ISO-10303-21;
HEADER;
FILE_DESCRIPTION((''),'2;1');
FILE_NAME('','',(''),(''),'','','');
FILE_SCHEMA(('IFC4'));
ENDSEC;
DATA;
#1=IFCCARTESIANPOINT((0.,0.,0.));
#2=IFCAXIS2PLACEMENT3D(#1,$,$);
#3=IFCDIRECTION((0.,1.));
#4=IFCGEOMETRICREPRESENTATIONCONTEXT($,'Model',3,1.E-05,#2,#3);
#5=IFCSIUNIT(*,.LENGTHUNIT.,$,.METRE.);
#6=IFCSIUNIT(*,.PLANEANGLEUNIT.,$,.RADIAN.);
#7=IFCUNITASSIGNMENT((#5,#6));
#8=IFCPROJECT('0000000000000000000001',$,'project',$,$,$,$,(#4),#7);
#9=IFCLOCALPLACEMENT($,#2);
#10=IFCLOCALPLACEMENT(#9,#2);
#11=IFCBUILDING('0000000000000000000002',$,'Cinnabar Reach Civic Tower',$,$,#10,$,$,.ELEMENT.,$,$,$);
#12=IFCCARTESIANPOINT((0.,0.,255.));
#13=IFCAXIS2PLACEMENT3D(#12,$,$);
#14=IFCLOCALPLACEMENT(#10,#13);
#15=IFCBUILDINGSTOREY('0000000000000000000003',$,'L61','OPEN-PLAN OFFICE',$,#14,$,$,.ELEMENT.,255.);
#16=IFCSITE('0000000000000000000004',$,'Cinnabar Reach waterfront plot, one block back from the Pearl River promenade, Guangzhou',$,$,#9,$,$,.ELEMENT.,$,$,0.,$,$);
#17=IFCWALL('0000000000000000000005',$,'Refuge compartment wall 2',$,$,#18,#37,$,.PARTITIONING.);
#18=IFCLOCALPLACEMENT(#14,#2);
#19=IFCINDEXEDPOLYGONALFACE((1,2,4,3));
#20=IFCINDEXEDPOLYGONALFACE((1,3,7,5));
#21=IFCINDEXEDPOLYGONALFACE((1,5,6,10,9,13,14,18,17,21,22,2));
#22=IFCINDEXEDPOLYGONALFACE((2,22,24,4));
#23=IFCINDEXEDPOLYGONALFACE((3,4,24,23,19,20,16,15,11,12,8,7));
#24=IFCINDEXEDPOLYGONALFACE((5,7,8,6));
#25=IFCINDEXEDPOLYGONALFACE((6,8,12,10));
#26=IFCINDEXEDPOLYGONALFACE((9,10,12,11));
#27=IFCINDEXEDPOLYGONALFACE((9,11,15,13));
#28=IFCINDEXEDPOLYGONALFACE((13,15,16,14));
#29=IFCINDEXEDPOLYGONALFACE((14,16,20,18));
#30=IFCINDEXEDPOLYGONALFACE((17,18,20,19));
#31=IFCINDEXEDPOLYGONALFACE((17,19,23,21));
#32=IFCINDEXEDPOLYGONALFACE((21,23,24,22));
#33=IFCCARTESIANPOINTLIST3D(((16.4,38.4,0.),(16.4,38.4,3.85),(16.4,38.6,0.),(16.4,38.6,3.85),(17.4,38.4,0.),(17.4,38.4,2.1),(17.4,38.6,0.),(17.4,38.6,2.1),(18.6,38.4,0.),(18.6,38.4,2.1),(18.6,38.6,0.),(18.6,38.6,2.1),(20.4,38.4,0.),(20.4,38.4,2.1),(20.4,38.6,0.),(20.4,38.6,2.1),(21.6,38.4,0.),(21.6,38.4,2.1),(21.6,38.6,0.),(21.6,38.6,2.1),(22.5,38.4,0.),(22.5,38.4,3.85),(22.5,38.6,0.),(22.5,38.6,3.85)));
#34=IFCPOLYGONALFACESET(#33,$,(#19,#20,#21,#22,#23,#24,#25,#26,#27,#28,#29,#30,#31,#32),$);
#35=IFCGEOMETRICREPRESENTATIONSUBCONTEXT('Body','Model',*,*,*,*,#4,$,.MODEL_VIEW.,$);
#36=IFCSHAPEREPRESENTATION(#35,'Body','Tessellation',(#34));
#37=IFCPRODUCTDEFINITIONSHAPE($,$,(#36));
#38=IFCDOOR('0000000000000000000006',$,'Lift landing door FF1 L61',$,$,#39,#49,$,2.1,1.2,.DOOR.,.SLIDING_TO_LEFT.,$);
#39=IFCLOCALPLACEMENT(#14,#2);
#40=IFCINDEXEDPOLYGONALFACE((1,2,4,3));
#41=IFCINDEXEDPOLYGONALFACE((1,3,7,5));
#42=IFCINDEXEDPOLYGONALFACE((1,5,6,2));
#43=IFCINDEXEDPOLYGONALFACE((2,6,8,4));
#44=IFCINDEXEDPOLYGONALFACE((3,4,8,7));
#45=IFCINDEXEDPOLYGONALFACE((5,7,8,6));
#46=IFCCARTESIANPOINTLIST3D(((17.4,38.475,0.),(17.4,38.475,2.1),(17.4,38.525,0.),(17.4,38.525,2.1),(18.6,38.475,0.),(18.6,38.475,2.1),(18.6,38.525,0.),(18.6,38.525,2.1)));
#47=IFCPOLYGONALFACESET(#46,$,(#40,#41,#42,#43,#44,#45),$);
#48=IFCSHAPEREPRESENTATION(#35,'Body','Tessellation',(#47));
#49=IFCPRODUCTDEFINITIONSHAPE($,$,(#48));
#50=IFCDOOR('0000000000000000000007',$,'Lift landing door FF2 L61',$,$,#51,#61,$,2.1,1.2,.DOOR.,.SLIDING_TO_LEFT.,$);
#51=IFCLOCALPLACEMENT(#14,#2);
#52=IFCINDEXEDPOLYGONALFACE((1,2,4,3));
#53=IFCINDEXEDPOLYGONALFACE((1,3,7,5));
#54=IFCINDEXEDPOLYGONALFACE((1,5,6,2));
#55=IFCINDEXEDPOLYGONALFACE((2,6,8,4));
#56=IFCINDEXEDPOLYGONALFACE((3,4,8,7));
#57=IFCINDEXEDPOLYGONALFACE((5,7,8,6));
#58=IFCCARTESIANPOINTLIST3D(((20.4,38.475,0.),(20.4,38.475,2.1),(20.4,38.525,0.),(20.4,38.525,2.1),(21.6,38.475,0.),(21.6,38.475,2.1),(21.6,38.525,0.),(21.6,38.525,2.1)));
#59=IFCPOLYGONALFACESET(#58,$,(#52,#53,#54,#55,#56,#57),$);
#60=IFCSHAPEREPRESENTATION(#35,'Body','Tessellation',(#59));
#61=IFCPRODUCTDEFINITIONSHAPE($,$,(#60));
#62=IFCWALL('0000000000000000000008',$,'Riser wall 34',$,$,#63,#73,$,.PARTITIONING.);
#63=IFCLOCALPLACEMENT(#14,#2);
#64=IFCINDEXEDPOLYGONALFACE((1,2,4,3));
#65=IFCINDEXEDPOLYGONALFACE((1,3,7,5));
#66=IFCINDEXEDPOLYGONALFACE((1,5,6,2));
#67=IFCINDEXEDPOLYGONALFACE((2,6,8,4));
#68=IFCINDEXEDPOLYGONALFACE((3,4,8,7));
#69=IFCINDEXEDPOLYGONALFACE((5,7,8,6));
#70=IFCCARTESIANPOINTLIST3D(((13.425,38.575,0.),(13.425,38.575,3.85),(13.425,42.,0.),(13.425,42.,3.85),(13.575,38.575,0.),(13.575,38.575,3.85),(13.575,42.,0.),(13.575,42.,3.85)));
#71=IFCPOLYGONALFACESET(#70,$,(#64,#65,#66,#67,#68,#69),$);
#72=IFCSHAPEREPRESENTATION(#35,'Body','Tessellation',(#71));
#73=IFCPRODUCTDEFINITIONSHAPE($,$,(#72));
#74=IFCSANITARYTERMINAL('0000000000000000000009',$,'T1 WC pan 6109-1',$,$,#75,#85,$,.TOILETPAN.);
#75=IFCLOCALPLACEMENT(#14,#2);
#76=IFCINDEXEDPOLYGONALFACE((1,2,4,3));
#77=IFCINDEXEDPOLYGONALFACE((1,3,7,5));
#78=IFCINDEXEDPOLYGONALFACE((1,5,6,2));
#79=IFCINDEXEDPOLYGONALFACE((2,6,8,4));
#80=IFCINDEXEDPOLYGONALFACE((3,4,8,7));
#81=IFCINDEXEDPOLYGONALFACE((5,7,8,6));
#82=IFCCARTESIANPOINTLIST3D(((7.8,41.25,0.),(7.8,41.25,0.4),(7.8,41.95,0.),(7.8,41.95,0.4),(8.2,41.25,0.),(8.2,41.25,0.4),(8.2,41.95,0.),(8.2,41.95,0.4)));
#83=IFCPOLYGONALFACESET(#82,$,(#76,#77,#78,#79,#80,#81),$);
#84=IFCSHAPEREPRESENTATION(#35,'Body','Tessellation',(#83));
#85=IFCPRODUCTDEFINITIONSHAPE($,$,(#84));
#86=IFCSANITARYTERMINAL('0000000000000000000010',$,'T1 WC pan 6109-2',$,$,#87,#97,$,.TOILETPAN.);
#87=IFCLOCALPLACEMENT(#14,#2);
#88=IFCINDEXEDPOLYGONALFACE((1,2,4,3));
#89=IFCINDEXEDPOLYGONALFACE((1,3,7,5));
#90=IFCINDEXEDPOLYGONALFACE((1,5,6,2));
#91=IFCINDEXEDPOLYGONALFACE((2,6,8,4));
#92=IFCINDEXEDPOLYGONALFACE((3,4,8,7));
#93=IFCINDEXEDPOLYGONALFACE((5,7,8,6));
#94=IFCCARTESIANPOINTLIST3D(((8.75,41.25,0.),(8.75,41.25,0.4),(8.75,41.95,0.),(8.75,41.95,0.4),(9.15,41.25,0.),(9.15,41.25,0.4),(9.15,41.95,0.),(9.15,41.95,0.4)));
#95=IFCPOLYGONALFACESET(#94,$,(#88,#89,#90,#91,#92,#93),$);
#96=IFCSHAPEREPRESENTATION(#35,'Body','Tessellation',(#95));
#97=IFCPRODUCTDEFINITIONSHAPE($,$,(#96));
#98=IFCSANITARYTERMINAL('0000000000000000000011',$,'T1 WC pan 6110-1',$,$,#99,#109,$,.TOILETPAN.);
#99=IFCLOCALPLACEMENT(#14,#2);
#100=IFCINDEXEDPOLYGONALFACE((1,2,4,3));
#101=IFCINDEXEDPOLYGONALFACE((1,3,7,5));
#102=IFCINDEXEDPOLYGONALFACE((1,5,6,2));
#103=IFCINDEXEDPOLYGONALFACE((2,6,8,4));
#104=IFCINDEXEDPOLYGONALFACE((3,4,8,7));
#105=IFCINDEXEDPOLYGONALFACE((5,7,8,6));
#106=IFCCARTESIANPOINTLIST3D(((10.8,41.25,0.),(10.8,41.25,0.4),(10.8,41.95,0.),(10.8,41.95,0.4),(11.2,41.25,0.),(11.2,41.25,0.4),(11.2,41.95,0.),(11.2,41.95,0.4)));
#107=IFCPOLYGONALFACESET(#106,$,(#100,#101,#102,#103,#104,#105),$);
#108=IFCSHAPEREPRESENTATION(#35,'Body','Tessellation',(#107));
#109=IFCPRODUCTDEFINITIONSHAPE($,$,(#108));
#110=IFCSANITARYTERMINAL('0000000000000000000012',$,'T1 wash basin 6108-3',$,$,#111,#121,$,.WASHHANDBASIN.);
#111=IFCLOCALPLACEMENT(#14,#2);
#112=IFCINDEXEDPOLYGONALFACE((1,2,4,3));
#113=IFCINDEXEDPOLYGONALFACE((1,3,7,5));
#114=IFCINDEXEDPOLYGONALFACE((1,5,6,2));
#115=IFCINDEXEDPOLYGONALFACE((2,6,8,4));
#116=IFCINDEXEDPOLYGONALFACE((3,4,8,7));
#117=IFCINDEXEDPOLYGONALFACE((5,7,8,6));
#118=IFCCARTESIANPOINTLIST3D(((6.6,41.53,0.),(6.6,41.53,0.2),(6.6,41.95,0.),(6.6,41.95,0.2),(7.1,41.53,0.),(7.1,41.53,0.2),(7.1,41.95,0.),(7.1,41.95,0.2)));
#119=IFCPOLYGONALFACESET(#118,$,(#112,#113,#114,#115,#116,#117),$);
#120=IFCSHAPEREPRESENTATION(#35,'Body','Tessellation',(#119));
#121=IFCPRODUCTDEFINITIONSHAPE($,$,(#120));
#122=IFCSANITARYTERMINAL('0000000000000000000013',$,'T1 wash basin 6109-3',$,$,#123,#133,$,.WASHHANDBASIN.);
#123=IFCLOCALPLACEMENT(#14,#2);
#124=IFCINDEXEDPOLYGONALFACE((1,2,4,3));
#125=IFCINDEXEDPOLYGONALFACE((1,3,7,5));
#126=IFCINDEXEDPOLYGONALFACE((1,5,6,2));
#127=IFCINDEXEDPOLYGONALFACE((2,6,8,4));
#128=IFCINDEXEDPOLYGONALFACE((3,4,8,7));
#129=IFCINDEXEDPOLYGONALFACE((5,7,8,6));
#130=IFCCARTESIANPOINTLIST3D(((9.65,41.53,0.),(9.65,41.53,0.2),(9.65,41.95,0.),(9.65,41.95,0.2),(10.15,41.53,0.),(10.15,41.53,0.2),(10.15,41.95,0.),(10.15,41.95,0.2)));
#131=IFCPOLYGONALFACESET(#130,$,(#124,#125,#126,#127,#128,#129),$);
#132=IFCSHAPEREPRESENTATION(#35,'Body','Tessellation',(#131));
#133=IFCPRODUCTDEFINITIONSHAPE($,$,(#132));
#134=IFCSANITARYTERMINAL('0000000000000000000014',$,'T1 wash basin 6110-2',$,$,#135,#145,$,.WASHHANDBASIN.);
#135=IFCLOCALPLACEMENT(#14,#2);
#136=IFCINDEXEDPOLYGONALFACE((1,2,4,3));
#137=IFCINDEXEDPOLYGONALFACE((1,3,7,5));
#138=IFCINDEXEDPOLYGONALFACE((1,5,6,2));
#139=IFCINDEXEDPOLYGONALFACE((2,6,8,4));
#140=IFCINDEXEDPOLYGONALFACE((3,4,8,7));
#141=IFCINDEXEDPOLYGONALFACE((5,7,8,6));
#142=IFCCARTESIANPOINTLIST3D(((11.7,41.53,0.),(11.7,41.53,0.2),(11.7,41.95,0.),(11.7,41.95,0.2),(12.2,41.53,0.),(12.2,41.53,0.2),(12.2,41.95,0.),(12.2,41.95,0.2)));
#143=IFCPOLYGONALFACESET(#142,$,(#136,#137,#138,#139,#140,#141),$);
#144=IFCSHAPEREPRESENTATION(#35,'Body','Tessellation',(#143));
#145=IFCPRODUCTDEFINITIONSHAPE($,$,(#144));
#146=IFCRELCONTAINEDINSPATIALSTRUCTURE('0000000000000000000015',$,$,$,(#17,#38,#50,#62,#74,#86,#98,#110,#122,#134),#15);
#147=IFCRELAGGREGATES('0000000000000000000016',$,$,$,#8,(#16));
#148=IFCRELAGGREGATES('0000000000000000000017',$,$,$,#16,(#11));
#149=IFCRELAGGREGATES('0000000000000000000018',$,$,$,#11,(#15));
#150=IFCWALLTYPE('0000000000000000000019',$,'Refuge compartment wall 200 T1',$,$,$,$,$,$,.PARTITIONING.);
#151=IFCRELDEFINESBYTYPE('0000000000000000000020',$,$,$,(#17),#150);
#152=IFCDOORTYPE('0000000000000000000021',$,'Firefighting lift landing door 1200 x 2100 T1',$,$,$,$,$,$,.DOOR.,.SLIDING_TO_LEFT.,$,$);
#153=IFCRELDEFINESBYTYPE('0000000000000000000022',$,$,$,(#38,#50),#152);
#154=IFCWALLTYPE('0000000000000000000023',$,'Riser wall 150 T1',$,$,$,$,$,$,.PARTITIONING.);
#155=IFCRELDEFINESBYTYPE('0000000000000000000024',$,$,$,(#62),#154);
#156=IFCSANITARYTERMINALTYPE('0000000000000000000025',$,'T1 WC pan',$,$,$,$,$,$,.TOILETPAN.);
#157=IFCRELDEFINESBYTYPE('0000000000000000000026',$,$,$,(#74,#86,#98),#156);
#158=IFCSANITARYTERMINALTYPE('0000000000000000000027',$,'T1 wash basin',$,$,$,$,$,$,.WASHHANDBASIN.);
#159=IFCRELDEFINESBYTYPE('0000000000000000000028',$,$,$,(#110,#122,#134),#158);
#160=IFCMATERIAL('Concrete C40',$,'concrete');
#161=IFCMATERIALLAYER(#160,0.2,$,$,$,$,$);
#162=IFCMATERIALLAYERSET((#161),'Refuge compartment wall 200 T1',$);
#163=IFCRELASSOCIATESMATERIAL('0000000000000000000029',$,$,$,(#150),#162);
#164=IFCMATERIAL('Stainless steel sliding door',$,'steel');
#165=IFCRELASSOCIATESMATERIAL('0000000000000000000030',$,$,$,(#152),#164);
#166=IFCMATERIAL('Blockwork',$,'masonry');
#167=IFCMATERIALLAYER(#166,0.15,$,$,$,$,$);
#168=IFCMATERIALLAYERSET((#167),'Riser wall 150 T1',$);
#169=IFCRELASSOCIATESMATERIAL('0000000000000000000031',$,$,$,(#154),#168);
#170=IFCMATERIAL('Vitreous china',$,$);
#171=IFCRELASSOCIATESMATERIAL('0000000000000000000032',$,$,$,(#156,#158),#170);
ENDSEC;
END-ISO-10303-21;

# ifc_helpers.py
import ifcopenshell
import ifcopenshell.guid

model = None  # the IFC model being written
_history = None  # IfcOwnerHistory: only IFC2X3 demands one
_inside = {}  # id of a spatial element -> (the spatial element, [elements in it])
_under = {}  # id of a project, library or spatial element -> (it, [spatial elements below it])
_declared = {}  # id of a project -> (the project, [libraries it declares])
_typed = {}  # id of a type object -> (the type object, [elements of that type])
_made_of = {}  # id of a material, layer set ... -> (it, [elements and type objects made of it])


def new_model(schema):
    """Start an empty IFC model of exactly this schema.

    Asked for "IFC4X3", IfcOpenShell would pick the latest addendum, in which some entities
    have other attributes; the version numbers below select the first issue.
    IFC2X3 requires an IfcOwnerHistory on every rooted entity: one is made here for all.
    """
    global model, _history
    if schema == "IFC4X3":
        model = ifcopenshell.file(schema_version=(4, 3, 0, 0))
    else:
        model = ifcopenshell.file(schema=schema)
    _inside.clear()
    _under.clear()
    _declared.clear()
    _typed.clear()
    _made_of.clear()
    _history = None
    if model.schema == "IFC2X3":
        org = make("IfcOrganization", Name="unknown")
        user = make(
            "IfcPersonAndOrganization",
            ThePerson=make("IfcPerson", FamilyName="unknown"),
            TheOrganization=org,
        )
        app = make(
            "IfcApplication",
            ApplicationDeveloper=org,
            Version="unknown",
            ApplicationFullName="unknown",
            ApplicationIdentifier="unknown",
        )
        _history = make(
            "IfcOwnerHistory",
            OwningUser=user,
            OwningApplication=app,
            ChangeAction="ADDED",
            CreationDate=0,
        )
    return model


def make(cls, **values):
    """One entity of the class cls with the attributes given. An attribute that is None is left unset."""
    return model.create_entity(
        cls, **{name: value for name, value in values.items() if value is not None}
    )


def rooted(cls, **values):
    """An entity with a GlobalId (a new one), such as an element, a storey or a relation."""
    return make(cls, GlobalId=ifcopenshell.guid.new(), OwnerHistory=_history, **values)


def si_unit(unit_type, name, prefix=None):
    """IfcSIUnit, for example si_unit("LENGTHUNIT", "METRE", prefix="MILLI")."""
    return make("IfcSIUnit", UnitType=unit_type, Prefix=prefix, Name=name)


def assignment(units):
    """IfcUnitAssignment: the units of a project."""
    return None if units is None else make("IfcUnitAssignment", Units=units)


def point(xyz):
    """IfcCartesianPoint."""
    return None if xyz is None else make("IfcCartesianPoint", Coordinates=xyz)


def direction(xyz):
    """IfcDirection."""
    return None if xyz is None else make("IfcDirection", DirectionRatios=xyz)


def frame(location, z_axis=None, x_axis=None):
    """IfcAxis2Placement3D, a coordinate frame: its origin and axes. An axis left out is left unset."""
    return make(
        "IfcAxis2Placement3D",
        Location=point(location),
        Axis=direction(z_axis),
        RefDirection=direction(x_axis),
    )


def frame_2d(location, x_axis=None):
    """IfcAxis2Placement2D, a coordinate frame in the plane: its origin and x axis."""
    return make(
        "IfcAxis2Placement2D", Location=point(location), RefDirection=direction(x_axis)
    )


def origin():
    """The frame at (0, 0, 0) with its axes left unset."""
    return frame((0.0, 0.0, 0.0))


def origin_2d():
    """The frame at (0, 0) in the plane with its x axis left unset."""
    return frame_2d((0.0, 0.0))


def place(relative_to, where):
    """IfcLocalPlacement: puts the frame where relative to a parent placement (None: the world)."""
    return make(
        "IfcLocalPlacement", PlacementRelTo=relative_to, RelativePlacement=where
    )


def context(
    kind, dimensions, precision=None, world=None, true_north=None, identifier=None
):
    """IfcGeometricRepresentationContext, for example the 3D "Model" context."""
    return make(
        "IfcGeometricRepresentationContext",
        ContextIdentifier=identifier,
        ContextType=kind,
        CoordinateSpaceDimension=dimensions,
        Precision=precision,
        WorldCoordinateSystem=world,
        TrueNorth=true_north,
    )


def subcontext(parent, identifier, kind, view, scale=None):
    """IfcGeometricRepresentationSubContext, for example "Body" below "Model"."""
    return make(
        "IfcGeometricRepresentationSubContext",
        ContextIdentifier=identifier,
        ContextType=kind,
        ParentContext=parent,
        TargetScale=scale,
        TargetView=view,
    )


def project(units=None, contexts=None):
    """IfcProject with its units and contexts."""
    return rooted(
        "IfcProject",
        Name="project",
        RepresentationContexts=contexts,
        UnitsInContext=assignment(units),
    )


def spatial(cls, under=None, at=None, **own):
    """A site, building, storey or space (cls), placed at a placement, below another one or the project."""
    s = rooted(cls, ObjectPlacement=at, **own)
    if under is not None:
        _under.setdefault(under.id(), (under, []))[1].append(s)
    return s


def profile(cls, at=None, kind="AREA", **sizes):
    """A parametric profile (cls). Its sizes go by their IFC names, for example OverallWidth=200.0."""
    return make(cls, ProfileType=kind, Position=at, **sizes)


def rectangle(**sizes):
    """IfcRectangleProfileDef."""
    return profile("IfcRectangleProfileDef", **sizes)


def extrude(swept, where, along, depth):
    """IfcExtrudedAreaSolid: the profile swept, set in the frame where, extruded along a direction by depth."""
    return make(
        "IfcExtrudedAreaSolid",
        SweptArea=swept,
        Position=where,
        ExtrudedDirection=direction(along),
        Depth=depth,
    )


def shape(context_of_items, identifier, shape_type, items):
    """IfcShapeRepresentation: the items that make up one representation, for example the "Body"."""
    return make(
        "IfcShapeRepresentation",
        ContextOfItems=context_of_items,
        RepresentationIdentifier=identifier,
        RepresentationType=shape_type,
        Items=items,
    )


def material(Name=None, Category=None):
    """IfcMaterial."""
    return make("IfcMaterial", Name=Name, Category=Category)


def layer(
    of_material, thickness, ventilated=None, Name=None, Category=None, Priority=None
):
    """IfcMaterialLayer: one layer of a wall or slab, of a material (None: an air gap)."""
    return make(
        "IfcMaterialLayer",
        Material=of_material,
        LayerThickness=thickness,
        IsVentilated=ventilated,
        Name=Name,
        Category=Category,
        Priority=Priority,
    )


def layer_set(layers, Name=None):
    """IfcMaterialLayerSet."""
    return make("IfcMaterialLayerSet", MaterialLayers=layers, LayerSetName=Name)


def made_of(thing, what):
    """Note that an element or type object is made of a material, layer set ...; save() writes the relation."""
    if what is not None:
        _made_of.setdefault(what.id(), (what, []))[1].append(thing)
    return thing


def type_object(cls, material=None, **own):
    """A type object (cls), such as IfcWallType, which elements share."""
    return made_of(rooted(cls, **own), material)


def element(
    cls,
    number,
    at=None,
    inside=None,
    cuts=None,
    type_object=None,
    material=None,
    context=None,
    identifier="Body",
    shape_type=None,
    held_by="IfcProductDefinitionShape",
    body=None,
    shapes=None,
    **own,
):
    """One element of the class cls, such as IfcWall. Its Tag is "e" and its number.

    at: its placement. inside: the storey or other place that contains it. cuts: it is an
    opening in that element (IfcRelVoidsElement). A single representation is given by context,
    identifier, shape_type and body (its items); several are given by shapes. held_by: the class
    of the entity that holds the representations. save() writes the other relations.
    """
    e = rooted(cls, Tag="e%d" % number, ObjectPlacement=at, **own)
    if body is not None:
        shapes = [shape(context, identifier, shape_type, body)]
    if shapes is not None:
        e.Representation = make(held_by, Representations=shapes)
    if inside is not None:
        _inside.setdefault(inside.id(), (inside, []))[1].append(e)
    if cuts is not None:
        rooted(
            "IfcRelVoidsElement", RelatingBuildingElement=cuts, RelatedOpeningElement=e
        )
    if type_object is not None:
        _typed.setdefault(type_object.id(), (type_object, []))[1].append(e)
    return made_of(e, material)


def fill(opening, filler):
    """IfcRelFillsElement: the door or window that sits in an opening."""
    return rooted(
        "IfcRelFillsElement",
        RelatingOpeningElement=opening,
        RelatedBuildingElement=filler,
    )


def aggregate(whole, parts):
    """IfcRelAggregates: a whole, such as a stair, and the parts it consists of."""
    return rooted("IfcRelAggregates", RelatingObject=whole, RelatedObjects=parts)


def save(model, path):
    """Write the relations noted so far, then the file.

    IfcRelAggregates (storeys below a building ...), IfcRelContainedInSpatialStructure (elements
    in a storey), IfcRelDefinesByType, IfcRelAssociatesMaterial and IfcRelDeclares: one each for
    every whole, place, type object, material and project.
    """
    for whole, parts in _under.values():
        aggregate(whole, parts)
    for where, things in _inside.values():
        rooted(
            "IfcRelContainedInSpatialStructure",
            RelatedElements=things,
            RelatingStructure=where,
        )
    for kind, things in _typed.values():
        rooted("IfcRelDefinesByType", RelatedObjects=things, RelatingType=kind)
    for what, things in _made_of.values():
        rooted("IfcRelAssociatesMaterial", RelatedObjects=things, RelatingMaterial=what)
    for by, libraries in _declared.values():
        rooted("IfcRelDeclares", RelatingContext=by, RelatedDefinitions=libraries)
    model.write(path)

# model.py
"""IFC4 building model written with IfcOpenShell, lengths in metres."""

from ifc_helpers import new_model, si_unit, direction, frame, frame_2d, origin, origin_2d, place, context, subcontext, project, spatial, rectangle, extrude, material, layer, layer_set, type_object, element, fill, save


model = new_model("IFC4")

# Units and contexts
model_context = context("Model", 3, precision=1e-05, world=origin(), true_north=direction((0.0, 1.0)))
body_context = subcontext(model_context, "Body", "Model", "MODEL_VIEW")
ifc_project = project(units=[si_unit("LENGTHUNIT", "METRE"), si_unit("PLANEANGLEUNIT", "RADIAN")], contexts=[model_context])

# Site, building, storey
site_placement = place(None, origin())
site = spatial("IfcSite", under=ifc_project, at=site_placement, Name="Cinnabar Reach waterfront plot, one block back from the Pearl River promenade, Guangzhou", CompositionType="ELEMENT", RefElevation=0.0)
building_placement = place(site_placement, origin())
building = spatial("IfcBuilding", under=site, at=building_placement, Name="Cinnabar Reach Civic Tower", CompositionType="ELEMENT")
storey_placement = place(building_placement, frame((0.0, 0.0, 255.0)))
storey = spatial("IfcBuildingStorey", under=building, at=storey_placement, Name="L61", Description="OPEN-PLAN OFFICE", CompositionType="ELEMENT", Elevation=255.0)

# Wall, openings, doors
ifc_material_1 = material(Name="Concrete C40", Category="concrete")
ifc_layer_1 = layer(ifc_material_1, 0.2)
ifc_layer_set_1 = layer_set([ifc_layer_1], Name="Refuge compartment wall 200 T1")
wall_type_1 = type_object("IfcWallType", Name="Refuge compartment wall 200 T1", PredefinedType="PARTITIONING", material=ifc_layer_set_1)
wall_1_placement = place(storey_placement, frame((16.4, 38.5, 0.0), z_axis=(0.0, 0.0, 1.0), x_axis=(1.0, 0.0, 0.0)))
wall_1 = element("IfcWall", 1, at=wall_1_placement, inside=storey, type_object=wall_type_1, Name="Refuge compartment wall 2", PredefinedType="PARTITIONING", context=body_context, shape_type="SweptSolid", body=[
    extrude(rectangle(XDim=6.1, YDim=0.2, at=frame_2d((3.05, 0.0))), origin(), (0.0, 0.0, 1.0), 3.85),
])
opening_1_placement = place(wall_1_placement, frame((1.0, 0.0, 0.0)))
opening_1 = element("IfcOpeningElement", 2, at=opening_1_placement, cuts=wall_1, PredefinedType="OPENING", context=body_context, shape_type="SweptSolid", body=[
    extrude(rectangle(XDim=1.2, YDim=2.1, at=frame_2d((0.6, 1.05))), frame((0.0, 0.11, 0.0), z_axis=(0.0, -1.0, 0.0), x_axis=(1.0, 0.0, 0.0)), (0.0, 0.0, 1.0), 0.22),
])
opening_2_placement = place(wall_1_placement, frame((4.0, 0.0, 0.0)))
opening_2 = element("IfcOpeningElement", 3, at=opening_2_placement, cuts=wall_1, PredefinedType="OPENING", context=body_context, shape_type="SweptSolid", body=[
    extrude(rectangle(XDim=1.2, YDim=2.1, at=frame_2d((0.6, 1.05))), frame((0.0, 0.11, 0.0), z_axis=(0.0, -1.0, 0.0), x_axis=(1.0, 0.0, 0.0)), (0.0, 0.0, 1.0), 0.22),
])
ifc_material_2 = material(Name="Stainless steel sliding door", Category="steel")
door_type = type_object("IfcDoorType", Name="Firefighting lift landing door 1200 x 2100 T1", OperationType="SLIDING_TO_LEFT", PredefinedType="DOOR", material=ifc_material_2)
door_1_placement = place(opening_1_placement, origin())
door_1 = element("IfcDoor", 4, at=door_1_placement, inside=storey, type_object=door_type, Name="Lift landing door FF1 L61", OperationType="SLIDING_TO_LEFT", OverallHeight=2.1, OverallWidth=1.2, PredefinedType="DOOR", context=body_context, shape_type="SweptSolid", body=[
    extrude(rectangle(XDim=1.2, YDim=2.1, at=frame_2d((0.6, 1.05))), frame((0.0, 0.025, 0.0), z_axis=(0.0, -1.0, 0.0), x_axis=(1.0, 0.0, 0.0)), (0.0, 0.0, 1.0), 0.05),
])
fill(opening_1, door_1)
door_2_placement = place(opening_2_placement, origin())
door_2 = element("IfcDoor", 5, at=door_2_placement, inside=storey, type_object=door_type, Name="Lift landing door FF2 L61", OperationType="SLIDING_TO_LEFT", OverallHeight=2.1, OverallWidth=1.2, PredefinedType="DOOR", context=body_context, shape_type="SweptSolid", body=[
    extrude(rectangle(XDim=1.2, YDim=2.1, at=frame_2d((0.6, 1.05))), frame((0.0, 0.025, 0.0), z_axis=(0.0, -1.0, 0.0), x_axis=(1.0, 0.0, 0.0)), (0.0, 0.0, 1.0), 0.05),
])
fill(opening_2, door_2)

# Wall
ifc_material_3 = material(Name="Blockwork", Category="masonry")
ifc_layer_2 = layer(ifc_material_3, 0.15)
ifc_layer_set_2 = layer_set([ifc_layer_2], Name="Riser wall 150 T1")
wall_type_2 = type_object("IfcWallType", Name="Riser wall 150 T1", PredefinedType="PARTITIONING", material=ifc_layer_set_2)
wall_2_placement = place(storey_placement, frame((13.5, 38.575, 0.0), z_axis=(0.0, 0.0, 1.0), x_axis=(0.0, 1.0, 0.0)))
element("IfcWall", 6, at=wall_2_placement, inside=storey, type_object=wall_type_2, Name="Riser wall 34", PredefinedType="PARTITIONING", context=body_context, shape_type="SweptSolid", body=[
    extrude(rectangle(XDim=3.425, YDim=0.15, at=frame_2d((1.7125, 0.0))), origin(), (0.0, 0.0, 1.0), 3.85),
])

# Sanitary terminals
ifc_material_4 = material(Name="Vitreous china")
sanitary_terminal_type_1 = type_object("IfcSanitaryTerminalType", Name="T1 WC pan", PredefinedType="TOILETPAN", material=ifc_material_4)
for number, where, z_axis, x_axis, name in (
    (7, (8.0, 41.6, 0.0), (0.0, 0.0, 1.0), (1.0, 0.0, 0.0), "T1 WC pan 6109-1"),
    (8, (8.95, 41.6, 0.0), (0.0, 0.0, 1.0), (1.0, 0.0, 0.0), "T1 WC pan 6109-2"),
    (9, (11.0, 41.6, 0.0), (0.0, 0.0, 1.0), (1.0, 0.0, 0.0), "T1 WC pan 6110-1"),
):
    element("IfcSanitaryTerminal", number, at=place(storey_placement, frame(where, z_axis=z_axis, x_axis=x_axis)), inside=storey, type_object=sanitary_terminal_type_1, Name=name, PredefinedType="TOILETPAN", context=body_context, shape_type="SweptSolid", body=[
        extrude(rectangle(XDim=0.4, YDim=0.7, at=origin_2d()), origin(), (0.0, 0.0, 1.0), 0.4),
    ])
sanitary_terminal_type_2 = type_object("IfcSanitaryTerminalType", Name="T1 wash basin", PredefinedType="WASHHANDBASIN", material=ifc_material_4)
for number, where, z_axis, x_axis, name in (
    (10, (6.85, 41.74, 0.0), (0.0, 0.0, 1.0), (1.0, 0.0, 0.0), "T1 wash basin 6108-3"),
    (11, (9.9, 41.74, 0.0), (0.0, 0.0, 1.0), (1.0, 0.0, 0.0), "T1 wash basin 6109-3"),
    (12, (11.95, 41.74, 0.0), (0.0, 0.0, 1.0), (1.0, 0.0, 0.0), "T1 wash basin 6110-2"),
):
    element("IfcSanitaryTerminal", number, at=place(storey_placement, frame(where, z_axis=z_axis, x_axis=x_axis)), inside=storey, type_object=sanitary_terminal_type_2, Name=name, PredefinedType="WASHHANDBASIN", context=body_context, shape_type="SweptSolid", body=[
        extrude(rectangle(XDim=0.5, YDim=0.42, at=origin_2d()), origin(), (0.0, 0.0, 1.0), 0.2),
    ])

save(model, "model.ifc")
